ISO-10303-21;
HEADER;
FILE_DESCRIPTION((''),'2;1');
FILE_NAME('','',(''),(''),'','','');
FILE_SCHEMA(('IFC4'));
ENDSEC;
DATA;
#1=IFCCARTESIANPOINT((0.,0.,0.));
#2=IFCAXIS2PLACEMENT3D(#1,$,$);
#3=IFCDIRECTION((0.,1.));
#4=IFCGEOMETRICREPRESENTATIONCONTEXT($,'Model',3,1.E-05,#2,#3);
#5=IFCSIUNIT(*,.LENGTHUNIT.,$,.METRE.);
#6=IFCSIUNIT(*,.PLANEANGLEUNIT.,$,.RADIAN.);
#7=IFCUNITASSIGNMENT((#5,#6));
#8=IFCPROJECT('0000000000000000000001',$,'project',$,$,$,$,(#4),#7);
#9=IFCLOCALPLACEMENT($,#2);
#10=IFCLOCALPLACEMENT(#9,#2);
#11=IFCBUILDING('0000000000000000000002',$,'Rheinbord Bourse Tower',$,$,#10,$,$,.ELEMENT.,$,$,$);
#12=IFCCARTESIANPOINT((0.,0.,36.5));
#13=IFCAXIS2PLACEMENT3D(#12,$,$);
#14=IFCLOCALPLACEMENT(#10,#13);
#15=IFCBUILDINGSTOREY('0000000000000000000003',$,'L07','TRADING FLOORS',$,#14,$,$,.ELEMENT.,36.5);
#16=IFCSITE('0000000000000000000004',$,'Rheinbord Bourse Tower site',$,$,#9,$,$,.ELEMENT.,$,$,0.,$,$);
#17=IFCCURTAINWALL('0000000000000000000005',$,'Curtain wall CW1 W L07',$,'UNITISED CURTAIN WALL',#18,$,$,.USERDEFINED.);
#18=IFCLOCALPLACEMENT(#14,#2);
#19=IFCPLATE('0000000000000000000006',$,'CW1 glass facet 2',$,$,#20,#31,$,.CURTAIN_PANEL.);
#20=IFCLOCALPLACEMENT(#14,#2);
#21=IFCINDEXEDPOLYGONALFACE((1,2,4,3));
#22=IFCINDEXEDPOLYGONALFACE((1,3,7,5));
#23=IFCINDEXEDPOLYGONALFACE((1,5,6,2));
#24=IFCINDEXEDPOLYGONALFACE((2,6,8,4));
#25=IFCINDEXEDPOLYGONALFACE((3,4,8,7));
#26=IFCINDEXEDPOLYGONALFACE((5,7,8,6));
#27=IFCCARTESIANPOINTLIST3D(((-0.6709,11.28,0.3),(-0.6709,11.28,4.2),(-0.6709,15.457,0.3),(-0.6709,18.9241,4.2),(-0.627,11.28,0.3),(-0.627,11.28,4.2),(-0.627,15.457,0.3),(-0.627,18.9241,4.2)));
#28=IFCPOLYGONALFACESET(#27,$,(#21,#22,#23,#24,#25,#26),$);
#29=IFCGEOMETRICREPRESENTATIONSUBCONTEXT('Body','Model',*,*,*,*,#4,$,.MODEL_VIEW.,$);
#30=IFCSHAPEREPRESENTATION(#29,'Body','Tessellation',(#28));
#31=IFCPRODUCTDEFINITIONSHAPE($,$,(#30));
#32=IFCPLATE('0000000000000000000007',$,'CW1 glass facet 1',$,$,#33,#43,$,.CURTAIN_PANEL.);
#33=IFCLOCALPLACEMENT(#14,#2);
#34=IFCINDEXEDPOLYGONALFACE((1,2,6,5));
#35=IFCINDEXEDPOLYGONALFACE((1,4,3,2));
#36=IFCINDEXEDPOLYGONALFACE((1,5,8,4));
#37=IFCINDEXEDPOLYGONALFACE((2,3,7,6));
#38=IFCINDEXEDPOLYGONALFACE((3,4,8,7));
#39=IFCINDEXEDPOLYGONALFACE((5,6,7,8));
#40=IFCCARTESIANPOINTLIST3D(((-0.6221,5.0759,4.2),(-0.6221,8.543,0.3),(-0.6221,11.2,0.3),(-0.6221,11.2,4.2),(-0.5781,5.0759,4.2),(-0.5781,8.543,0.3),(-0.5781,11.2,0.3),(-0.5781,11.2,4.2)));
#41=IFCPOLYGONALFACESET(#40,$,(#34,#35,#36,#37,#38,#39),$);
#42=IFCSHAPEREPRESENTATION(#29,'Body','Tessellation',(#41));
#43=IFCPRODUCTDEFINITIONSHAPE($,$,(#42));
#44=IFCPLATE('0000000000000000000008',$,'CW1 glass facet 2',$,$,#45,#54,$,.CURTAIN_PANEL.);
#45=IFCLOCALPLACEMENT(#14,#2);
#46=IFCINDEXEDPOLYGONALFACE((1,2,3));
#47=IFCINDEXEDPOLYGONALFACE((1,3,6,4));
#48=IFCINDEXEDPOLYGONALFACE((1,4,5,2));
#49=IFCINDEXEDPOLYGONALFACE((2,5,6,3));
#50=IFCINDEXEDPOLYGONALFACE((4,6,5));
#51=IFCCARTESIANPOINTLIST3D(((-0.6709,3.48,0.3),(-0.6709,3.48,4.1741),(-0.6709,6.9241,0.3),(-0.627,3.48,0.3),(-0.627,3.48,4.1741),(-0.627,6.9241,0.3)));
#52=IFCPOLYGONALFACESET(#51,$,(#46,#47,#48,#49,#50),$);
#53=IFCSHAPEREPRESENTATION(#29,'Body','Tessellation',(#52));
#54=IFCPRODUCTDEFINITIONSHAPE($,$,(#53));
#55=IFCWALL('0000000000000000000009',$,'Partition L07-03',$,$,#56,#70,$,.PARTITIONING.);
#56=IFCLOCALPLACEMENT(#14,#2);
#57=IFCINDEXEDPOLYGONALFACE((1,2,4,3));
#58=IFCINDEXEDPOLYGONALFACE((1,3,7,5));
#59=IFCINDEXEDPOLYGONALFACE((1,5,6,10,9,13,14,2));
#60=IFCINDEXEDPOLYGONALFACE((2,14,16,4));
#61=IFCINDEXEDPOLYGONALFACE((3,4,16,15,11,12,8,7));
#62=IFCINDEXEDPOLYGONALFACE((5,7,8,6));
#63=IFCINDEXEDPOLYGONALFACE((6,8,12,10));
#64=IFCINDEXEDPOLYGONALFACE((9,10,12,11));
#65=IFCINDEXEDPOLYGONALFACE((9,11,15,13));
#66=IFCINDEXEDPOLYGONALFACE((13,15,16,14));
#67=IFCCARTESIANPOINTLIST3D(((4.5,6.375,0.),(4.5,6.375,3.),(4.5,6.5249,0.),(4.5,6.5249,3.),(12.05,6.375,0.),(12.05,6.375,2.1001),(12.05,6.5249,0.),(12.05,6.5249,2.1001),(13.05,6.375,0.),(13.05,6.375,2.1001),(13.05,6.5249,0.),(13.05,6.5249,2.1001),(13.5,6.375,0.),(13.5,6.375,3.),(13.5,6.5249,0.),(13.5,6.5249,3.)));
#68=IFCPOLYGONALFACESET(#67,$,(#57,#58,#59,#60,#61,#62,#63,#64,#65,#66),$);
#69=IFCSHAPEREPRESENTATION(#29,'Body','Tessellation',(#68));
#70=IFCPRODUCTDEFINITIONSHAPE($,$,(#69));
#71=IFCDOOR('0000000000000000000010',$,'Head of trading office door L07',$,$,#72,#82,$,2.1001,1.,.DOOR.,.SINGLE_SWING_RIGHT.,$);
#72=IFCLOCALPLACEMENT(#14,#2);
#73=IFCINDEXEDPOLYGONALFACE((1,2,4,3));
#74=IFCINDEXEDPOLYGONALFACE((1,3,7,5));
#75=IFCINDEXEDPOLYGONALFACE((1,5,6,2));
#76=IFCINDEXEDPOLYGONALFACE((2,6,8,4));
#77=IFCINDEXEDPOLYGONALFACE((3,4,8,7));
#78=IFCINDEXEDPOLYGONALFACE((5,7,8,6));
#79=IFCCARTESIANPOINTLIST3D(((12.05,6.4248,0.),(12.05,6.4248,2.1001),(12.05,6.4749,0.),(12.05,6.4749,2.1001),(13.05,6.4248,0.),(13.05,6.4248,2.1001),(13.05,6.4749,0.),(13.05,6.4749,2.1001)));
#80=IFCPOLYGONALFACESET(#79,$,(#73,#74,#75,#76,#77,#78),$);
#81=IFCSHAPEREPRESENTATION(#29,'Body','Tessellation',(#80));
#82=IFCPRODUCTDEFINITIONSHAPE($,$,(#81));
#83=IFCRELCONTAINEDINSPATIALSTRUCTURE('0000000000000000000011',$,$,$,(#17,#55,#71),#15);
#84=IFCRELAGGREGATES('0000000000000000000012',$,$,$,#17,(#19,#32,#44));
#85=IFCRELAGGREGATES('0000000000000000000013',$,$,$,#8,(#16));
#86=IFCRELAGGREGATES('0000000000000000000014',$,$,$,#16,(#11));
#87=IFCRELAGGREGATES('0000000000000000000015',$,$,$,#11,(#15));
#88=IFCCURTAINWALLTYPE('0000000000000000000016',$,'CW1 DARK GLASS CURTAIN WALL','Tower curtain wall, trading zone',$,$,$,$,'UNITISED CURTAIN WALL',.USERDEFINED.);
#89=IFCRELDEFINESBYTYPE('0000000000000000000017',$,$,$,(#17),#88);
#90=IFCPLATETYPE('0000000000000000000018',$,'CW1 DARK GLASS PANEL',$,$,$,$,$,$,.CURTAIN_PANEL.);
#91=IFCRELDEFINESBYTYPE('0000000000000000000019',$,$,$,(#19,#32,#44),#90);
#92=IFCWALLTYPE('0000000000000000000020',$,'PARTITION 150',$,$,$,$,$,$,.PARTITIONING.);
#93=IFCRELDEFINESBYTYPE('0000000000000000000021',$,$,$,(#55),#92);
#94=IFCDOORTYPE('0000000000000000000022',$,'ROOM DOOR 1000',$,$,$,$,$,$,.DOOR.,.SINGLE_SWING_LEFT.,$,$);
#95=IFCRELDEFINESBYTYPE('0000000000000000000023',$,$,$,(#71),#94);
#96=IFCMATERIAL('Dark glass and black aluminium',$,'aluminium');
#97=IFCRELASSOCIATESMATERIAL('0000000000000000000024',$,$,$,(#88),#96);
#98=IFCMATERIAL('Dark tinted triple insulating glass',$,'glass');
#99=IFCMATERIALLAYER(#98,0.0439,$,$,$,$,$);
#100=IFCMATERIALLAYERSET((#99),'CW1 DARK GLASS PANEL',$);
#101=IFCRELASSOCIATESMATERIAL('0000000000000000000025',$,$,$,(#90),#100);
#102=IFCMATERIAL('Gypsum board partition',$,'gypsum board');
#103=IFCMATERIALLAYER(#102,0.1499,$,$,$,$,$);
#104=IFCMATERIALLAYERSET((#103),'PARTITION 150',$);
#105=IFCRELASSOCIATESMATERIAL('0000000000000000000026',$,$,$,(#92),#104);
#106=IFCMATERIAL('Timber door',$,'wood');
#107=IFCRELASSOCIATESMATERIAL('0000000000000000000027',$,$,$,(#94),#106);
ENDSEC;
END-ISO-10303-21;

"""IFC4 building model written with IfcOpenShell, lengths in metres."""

from ifc_helpers import new_model, si_unit, direction, frame, frame_2d, origin, place, context, subcontext, project, spatial, polyline, rectangle, outline, extrude, material, layer, layer_set, type_object, element, fill, aggregate, save


model = new_model("IFC4")

# Units and contexts
model_context = context("Model", 3, precision=1e-05, world=origin(), true_north=direction((0.0, 1.0)))
body_context = subcontext(model_context, "Body", "Model", "MODEL_VIEW")
ifc_project = project(units=[si_unit("LENGTHUNIT", "METRE"), si_unit("PLANEANGLEUNIT", "RADIAN")], contexts=[model_context])

# Site, building, storey
site_placement = place(None, origin())
site = spatial("IfcSite", under=ifc_project, at=site_placement, Name="Rheinbord Bourse Tower site", CompositionType="ELEMENT", RefElevation=0.0)
building_placement = place(site_placement, origin())
building = spatial("IfcBuilding", under=site, at=building_placement, Name="Rheinbord Bourse Tower", CompositionType="ELEMENT")
storey_placement = place(building_placement, frame((0.0, 0.0, 36.5)))
storey = spatial("IfcBuildingStorey", under=building, at=storey_placement, Name="L07", Description="TRADING FLOORS", CompositionType="ELEMENT", Elevation=36.5)

# Curtain wall
ifc_material_1 = material(Name="Dark glass and black aluminium", Category="aluminium")
curtain_wall_type = type_object("IfcCurtainWallType", Name="CW1 DARK GLASS CURTAIN WALL", Description="Tower curtain wall, trading zone", ElementType="UNITISED CURTAIN WALL", PredefinedType="USERDEFINED", material=ifc_material_1)
curtain_wall_placement = place(storey_placement, origin())
curtain_wall = element("IfcCurtainWall", 1, at=curtain_wall_placement, inside=storey, type_object=curtain_wall_type, Name="Curtain wall CW1 W L07", ObjectType="UNITISED CURTAIN WALL", PredefinedType="USERDEFINED")

# Plates
ifc_material_2 = material(Name="Dark tinted triple insulating glass", Category="glass")
ifc_layer_1 = layer(ifc_material_2, 0.0439)
ifc_layer_set_1 = layer_set([ifc_layer_1], Name="CW1 DARK GLASS PANEL")
plate_type = type_object("IfcPlateType", Name="CW1 DARK GLASS PANEL", PredefinedType="CURTAIN_PANEL", material=ifc_layer_set_1)
plate_1_placement = place(storey_placement, frame((-0.6709, 11.28, 4.2), z_axis=(1.0, 0.0, 0.0), x_axis=(0.0, 0.0, -1.0)))
plate_1 = element("IfcPlate", 2, at=plate_1_placement, type_object=plate_type, Name="CW1 glass facet 2", PredefinedType="CURTAIN_PANEL", context=body_context, shape_type="SweptSolid", body=[
    extrude(outline(polyline([(0.0, 0.0), (3.8999, 0.0), (3.8999, 4.177), (0.0, 7.644), (0.0, 0.0)])), origin(), (0.0, 0.0, 1.0), 0.0439),
])
plate_2_placement = place(storey_placement, frame((-0.6221, 11.2, 0.3), z_axis=(1.0, 0.0, 0.0), x_axis=(0.0, 0.0, 1.0)))
plate_2 = element("IfcPlate", 3, at=plate_2_placement, type_object=plate_type, Name="CW1 glass facet 1", PredefinedType="CURTAIN_PANEL", context=body_context, shape_type="SweptSolid", body=[
    extrude(outline(polyline([(0.0, 0.0), (3.8999, 0.0), (3.8999, 6.124), (0.0, 2.657), (0.0, 0.0)])), origin(), (0.0, 0.0, 1.0), 0.0439),
])
plate_3_placement = place(storey_placement, frame((-0.6709, 3.48, 0.3), z_axis=(1.0, 0.0, 0.0), x_axis=(0.0, 1.0, 0.0)))
plate_3 = element("IfcPlate", 4, at=plate_3_placement, type_object=plate_type, Name="CW1 glass facet 2", PredefinedType="CURTAIN_PANEL", context=body_context, shape_type="SweptSolid", body=[
    extrude(outline(polyline([(0.0, 0.0), (3.4441, 0.0), (0.0, 3.874), (0.0, 0.0)])), origin(), (0.0, 0.0, 1.0), 0.0439),
])
aggregate(curtain_wall, [plate_1, plate_2, plate_3])

# Wall, opening, door
ifc_material_3 = material(Name="Gypsum board partition", Category="gypsum board")
ifc_layer_2 = layer(ifc_material_3, 0.1499)
ifc_layer_set_2 = layer_set([ifc_layer_2], Name="PARTITION 150")
wall_type = type_object("IfcWallType", Name="PARTITION 150", PredefinedType="PARTITIONING", material=ifc_layer_set_2)
wall_placement = place(storey_placement, frame((4.5, 6.45, 0.0), z_axis=(0.0, 0.0, 1.0), x_axis=(1.0, 0.0, 0.0)))
wall = element("IfcWall", 5, at=wall_placement, inside=storey, type_object=wall_type, Name="Partition L07-03", PredefinedType="PARTITIONING", context=body_context, shape_type="SweptSolid", body=[
    extrude(rectangle(XDim=9.0, YDim=0.1499, at=frame_2d((4.5, 0.0))), origin(), (0.0, 0.0, 1.0), 3.0),
])
opening_placement = place(wall_placement, frame((7.55, 0.0, 0.0)))
opening = element("IfcOpeningElement", 6, at=opening_placement, cuts=wall, PredefinedType="OPENING", context=body_context, shape_type="SweptSolid", body=[
    extrude(rectangle(XDim=1.0, YDim=2.1001, at=frame_2d((0.5, 1.05))), frame((0.0, 0.085, 0.0), z_axis=(0.0, -1.0, 0.0), x_axis=(1.0, 0.0, 0.0)), (0.0, 0.0, 1.0), 0.1699),
])
ifc_material_4 = material(Name="Timber door", Category="wood")
door_type = type_object("IfcDoorType", Name="ROOM DOOR 1000", OperationType="SINGLE_SWING_LEFT", PredefinedType="DOOR", material=ifc_material_4)
door_placement = place(opening_placement, origin())
door = element("IfcDoor", 7, at=door_placement, inside=storey, type_object=door_type, Name="Head of trading office door L07", OperationType="SINGLE_SWING_RIGHT", OverallHeight=2.1001, OverallWidth=1.0, PredefinedType="DOOR", context=body_context, shape_type="SweptSolid", body=[
    extrude(rectangle(XDim=1.0, YDim=2.1001, at=frame_2d((0.5, 1.05))), frame((0.0, 0.0249, 0.0), z_axis=(0.0, -1.0, 0.0), x_axis=(1.0, 0.0, 0.0)), (0.0, 0.0, 1.0), 0.05),
])
fill(opening, door)

save(model, "model.ifc")
